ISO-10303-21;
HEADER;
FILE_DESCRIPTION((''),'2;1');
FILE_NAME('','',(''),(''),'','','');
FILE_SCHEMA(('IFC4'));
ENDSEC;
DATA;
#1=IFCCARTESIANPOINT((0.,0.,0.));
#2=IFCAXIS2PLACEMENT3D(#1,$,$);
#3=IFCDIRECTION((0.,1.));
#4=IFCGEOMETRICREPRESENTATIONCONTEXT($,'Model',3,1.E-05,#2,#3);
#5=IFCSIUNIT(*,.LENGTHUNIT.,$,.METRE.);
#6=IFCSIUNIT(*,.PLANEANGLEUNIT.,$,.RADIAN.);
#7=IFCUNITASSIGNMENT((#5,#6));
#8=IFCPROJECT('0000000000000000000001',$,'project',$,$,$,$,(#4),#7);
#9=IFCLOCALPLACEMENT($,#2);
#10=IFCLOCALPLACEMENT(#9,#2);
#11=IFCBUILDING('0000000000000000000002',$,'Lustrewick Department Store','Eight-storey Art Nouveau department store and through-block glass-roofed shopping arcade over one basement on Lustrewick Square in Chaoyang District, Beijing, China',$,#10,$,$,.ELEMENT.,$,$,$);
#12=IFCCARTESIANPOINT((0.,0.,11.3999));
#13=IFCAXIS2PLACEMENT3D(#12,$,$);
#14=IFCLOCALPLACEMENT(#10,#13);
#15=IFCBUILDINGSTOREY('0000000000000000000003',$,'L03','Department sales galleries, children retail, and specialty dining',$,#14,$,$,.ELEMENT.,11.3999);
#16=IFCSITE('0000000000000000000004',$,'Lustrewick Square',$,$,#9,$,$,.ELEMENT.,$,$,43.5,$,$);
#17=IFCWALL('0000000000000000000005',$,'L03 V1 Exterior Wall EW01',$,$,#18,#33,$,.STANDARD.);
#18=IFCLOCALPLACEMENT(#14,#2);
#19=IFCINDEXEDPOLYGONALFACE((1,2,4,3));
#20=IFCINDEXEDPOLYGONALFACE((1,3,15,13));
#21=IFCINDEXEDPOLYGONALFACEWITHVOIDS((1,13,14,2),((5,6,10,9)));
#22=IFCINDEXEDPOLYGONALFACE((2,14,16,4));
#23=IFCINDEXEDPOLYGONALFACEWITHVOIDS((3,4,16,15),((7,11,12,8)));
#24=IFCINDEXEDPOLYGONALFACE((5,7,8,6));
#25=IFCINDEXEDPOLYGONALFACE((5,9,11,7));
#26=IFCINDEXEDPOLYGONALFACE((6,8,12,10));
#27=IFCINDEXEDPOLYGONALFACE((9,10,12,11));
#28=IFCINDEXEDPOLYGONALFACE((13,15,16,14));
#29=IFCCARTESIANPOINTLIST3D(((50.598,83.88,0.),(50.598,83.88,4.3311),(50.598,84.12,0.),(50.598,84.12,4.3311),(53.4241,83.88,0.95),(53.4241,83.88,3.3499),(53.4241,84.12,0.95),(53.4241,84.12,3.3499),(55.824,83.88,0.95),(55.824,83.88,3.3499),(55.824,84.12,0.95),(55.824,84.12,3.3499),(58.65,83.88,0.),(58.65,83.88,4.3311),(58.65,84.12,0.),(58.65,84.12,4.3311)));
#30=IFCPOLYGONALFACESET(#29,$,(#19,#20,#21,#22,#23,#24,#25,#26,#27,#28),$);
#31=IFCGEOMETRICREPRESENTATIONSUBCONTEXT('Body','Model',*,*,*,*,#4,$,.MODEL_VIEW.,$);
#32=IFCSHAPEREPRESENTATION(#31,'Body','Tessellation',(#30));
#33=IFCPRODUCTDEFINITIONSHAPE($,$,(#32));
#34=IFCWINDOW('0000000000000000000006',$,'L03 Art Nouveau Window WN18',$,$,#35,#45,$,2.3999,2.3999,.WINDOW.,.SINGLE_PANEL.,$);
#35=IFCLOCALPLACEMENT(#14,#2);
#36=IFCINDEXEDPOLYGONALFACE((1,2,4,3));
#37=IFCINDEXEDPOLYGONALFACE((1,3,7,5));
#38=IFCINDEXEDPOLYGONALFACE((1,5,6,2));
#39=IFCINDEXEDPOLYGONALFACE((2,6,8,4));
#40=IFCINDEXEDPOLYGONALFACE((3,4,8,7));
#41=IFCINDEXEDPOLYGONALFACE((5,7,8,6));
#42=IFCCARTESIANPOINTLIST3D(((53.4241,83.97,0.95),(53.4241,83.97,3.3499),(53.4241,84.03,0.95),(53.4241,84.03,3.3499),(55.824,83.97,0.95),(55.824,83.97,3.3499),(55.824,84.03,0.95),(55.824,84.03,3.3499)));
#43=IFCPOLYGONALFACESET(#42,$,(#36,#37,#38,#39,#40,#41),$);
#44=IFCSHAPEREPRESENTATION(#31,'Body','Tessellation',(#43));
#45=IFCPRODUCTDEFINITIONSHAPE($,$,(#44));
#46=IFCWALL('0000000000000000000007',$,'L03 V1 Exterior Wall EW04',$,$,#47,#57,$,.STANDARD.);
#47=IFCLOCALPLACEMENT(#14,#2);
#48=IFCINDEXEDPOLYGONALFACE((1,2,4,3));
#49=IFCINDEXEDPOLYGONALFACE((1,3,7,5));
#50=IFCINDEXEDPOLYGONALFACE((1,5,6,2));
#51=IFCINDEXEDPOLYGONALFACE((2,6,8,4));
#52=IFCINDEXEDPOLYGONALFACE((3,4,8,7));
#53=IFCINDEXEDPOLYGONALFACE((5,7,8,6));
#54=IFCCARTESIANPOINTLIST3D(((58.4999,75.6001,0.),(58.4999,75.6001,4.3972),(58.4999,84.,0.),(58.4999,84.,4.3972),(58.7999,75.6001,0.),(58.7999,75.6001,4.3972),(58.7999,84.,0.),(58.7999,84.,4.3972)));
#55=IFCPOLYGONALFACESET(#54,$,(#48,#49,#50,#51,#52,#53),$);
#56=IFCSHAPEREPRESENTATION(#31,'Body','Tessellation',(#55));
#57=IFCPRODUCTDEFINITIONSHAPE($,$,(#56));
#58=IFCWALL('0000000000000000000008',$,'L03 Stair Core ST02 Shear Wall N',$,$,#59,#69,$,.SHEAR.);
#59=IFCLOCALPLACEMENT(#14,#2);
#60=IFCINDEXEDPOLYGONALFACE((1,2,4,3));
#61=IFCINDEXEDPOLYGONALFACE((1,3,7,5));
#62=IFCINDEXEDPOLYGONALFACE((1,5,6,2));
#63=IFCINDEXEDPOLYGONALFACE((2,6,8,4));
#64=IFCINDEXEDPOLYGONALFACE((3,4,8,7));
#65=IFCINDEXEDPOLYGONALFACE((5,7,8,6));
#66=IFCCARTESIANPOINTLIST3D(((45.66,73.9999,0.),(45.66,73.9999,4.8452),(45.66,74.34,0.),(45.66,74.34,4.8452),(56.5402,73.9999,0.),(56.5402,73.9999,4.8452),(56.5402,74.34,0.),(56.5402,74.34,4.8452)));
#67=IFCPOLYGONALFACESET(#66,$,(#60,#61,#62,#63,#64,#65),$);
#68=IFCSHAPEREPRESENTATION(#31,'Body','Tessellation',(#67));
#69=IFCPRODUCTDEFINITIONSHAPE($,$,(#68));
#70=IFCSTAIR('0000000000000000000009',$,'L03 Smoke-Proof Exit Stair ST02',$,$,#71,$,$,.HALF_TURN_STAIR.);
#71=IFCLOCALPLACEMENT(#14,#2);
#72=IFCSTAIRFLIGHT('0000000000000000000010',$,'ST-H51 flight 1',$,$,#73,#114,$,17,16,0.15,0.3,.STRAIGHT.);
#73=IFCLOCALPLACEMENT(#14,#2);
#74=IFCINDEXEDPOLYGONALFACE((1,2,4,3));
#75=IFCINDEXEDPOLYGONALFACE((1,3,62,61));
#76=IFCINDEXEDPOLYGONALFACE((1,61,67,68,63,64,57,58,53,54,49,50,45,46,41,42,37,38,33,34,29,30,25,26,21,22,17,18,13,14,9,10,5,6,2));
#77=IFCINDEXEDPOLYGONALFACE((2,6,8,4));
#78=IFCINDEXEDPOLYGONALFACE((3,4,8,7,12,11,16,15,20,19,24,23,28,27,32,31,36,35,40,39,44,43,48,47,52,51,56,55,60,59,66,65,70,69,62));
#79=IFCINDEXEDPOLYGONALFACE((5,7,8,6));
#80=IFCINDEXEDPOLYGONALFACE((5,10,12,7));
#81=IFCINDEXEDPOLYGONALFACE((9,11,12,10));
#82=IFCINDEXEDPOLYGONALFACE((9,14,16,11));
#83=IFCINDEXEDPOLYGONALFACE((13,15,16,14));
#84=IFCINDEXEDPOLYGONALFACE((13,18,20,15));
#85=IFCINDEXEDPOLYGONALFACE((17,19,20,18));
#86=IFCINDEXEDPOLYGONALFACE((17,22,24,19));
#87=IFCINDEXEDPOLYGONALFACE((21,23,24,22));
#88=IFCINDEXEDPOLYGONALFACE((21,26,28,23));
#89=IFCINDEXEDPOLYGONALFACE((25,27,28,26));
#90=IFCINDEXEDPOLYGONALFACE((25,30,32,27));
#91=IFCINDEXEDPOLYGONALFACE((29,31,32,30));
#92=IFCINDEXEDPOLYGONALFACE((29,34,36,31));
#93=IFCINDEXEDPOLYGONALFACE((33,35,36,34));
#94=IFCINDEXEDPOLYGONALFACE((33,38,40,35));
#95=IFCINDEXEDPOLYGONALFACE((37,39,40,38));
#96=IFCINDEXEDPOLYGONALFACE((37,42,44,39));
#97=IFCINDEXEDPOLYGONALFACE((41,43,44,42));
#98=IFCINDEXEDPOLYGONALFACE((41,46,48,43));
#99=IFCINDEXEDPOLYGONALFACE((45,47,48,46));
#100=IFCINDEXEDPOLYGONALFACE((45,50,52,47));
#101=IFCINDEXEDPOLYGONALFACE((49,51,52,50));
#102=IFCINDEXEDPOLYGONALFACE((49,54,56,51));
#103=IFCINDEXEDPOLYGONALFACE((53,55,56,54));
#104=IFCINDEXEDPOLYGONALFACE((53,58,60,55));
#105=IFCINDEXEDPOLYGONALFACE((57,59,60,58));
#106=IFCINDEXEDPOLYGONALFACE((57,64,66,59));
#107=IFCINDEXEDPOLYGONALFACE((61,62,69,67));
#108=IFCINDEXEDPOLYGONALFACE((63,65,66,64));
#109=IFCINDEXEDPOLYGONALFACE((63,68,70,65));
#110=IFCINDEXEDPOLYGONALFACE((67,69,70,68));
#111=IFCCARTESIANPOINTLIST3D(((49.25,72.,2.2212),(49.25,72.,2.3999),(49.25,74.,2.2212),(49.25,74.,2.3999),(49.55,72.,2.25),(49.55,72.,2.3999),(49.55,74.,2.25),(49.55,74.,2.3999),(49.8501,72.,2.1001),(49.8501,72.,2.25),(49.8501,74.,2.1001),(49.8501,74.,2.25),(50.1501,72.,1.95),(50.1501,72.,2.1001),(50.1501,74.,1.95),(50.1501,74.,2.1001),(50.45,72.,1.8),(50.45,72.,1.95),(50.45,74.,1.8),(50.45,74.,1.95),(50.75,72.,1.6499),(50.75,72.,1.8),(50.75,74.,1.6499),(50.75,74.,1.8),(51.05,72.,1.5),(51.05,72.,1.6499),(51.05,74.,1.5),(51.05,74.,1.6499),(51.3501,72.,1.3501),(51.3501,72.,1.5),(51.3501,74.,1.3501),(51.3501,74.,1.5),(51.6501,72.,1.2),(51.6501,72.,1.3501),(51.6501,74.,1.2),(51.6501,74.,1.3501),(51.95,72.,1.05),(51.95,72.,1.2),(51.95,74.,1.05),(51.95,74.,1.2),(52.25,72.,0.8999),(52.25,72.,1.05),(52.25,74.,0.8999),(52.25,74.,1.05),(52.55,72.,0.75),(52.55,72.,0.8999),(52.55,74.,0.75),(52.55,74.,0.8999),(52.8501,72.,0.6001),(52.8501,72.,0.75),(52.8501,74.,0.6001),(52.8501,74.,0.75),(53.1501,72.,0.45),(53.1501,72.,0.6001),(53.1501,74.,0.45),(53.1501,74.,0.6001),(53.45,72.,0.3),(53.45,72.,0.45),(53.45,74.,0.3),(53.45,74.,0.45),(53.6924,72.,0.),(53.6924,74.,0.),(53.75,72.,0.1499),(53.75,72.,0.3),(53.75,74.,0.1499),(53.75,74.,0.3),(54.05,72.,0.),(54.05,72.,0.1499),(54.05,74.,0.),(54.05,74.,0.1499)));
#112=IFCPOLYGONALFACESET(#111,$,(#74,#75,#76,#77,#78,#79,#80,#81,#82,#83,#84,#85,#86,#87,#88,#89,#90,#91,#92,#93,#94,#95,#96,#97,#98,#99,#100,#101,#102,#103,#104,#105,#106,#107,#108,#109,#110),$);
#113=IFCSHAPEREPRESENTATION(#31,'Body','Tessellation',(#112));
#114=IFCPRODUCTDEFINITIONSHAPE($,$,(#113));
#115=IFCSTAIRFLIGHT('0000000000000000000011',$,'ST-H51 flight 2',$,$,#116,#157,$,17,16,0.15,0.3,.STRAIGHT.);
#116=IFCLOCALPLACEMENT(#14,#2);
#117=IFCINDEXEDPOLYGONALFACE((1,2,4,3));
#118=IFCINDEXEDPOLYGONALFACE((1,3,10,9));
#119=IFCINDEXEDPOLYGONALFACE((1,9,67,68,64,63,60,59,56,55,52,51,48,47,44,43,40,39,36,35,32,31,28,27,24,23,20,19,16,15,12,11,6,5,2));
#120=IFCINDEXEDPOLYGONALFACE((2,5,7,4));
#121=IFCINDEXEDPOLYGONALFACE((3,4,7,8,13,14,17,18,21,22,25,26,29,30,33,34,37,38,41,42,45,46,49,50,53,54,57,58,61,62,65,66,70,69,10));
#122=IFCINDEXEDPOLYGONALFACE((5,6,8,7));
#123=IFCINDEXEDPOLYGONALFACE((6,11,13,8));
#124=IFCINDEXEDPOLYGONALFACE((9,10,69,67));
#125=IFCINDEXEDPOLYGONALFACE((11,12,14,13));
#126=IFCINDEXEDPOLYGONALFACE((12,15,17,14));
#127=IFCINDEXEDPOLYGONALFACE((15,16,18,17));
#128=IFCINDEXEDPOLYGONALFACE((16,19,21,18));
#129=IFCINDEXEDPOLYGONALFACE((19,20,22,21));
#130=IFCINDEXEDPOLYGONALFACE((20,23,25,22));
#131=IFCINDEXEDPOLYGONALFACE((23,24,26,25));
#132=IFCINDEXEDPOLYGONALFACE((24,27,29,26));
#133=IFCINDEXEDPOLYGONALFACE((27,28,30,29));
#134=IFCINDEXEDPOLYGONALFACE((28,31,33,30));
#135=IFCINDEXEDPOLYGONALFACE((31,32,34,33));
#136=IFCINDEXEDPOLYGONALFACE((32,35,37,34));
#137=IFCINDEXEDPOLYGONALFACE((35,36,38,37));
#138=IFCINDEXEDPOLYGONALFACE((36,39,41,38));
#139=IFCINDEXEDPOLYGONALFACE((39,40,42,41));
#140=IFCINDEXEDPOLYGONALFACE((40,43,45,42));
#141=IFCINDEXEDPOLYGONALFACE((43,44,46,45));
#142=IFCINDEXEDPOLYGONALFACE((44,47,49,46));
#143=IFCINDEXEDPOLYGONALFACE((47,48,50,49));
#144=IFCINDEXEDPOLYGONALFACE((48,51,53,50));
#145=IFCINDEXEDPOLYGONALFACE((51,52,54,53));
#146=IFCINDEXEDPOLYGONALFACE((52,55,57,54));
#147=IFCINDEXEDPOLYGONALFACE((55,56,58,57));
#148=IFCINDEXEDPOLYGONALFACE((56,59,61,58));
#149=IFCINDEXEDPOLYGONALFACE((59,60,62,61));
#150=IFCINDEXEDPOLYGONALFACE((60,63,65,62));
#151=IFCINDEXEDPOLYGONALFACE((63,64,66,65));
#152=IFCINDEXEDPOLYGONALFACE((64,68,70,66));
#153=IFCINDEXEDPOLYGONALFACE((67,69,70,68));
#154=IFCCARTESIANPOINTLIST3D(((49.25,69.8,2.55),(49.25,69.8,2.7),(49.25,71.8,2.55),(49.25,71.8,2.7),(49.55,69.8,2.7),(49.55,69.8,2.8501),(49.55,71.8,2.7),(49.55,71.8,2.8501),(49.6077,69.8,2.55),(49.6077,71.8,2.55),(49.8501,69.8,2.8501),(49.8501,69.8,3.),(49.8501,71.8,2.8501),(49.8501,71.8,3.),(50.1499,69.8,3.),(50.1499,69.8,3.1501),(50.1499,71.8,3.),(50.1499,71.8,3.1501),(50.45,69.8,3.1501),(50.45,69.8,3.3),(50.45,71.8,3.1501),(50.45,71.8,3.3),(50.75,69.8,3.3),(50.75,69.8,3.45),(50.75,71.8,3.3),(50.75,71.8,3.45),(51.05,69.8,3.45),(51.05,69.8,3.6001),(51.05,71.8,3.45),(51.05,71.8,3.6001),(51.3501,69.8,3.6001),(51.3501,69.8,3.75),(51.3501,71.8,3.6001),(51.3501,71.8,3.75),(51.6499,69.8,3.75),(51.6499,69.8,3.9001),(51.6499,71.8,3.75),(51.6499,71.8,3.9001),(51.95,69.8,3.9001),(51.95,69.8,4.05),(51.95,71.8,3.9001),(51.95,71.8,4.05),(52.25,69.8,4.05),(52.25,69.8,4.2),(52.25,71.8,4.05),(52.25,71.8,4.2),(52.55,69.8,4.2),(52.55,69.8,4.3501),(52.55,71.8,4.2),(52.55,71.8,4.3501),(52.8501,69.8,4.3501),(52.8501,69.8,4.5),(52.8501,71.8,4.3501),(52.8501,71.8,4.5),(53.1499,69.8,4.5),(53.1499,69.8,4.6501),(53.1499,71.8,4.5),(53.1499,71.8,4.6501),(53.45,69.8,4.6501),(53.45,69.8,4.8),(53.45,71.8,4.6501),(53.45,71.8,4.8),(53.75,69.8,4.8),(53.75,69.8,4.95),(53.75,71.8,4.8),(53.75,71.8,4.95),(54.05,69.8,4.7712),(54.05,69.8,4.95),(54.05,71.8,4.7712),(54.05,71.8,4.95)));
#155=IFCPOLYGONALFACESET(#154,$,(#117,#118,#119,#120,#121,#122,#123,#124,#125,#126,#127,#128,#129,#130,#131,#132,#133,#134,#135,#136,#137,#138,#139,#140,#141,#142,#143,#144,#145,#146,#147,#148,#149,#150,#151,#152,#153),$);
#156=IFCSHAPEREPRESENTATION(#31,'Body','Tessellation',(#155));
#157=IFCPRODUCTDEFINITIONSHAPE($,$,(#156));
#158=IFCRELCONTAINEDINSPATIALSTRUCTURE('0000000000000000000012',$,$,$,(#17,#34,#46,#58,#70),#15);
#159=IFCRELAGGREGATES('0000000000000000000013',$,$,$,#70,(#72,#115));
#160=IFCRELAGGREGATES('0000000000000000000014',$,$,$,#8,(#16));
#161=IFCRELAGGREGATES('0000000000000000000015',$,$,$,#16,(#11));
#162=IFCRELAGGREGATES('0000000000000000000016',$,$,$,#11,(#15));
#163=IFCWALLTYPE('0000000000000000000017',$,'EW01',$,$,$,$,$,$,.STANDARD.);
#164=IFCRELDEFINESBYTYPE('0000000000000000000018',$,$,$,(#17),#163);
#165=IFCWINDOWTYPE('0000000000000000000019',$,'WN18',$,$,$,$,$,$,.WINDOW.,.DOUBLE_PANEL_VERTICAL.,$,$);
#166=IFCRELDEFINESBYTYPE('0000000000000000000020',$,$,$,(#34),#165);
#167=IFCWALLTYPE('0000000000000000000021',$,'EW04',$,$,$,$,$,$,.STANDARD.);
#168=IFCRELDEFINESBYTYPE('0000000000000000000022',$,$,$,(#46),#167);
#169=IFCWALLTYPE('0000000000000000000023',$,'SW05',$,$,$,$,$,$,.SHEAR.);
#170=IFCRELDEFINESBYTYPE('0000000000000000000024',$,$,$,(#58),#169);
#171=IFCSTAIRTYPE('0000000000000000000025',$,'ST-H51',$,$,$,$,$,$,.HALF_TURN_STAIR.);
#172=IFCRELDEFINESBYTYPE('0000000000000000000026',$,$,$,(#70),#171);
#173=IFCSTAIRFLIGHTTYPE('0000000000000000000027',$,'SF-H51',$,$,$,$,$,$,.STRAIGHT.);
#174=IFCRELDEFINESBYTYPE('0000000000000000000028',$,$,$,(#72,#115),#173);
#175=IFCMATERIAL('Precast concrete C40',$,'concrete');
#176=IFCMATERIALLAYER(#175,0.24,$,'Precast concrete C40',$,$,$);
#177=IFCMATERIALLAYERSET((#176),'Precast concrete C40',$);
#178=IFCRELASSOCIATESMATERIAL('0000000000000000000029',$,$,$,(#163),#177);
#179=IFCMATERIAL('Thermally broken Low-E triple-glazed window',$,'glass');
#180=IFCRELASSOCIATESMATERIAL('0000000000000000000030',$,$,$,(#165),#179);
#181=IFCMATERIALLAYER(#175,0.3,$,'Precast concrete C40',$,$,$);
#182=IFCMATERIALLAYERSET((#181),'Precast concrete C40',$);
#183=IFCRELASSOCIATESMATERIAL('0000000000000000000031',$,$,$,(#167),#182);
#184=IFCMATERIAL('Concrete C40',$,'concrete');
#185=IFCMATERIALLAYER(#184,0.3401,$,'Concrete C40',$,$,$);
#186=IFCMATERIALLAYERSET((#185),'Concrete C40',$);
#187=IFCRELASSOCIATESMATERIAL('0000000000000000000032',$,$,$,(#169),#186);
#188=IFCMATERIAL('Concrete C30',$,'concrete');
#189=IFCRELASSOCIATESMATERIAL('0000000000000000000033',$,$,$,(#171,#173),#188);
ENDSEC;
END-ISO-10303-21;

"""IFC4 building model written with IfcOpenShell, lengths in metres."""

from ifc_helpers import new_model, si_unit, direction, frame, frame_2d, origin, place, context, subcontext, project, spatial, polyline, rectangle, outline, extrude, material, layer, layer_set, type_object, element, fill, aggregate, save


model = new_model("IFC4")

# Units and contexts
model_context = context("Model", 3, precision=1e-05, world=origin(), true_north=direction((0.0, 1.0)))
body_context = subcontext(model_context, "Body", "Model", "MODEL_VIEW")
ifc_project = project(units=[si_unit("LENGTHUNIT", "METRE"), si_unit("PLANEANGLEUNIT", "RADIAN")], contexts=[model_context])

# Site, building, storey
site_placement = place(None, origin())
site = spatial("IfcSite", under=ifc_project, at=site_placement, Name="Lustrewick Square", CompositionType="ELEMENT", RefElevation=43.5)
building_placement = place(site_placement, origin())
building = spatial("IfcBuilding", under=site, at=building_placement, Name="Lustrewick Department Store", Description="Eight-storey Art Nouveau department store and through-block glass-roofed shopping arcade over one basement on Lustrewick Square in Chaoyang District, Beijing, China", CompositionType="ELEMENT")
storey_placement = place(building_placement, frame((0.0, 0.0, 11.3999)))
storey = spatial("IfcBuildingStorey", under=building, at=storey_placement, Name="L03", Description="Department sales galleries, children retail, and specialty dining", CompositionType="ELEMENT", Elevation=11.3999)

# Wall, opening, window
ifc_material_1 = material(Name="Precast concrete C40", Category="concrete")
ifc_layer_1 = layer(ifc_material_1, 0.24, Name="Precast concrete C40")
ifc_layer_set_1 = layer_set([ifc_layer_1], Name="Precast concrete C40")
wall_type_1 = type_object("IfcWallType", Name="EW01", PredefinedType="STANDARD", material=ifc_layer_set_1)
wall_1_placement = place(storey_placement, frame((58.6499, 84.0, 0.0), z_axis=(0.0, 0.0, 1.0), x_axis=(-1.0, 0.0, 0.0)))
wall_1 = element("IfcWall", 1, at=wall_1_placement, inside=storey, type_object=wall_type_1, Name="L03 V1 Exterior Wall EW01", PredefinedType="STANDARD", context=body_context, shape_type="SweptSolid", body=[
    extrude(rectangle(XDim=8.052, YDim=0.24, at=frame_2d((4.0259, 0.0))), origin(), (0.0, 0.0, 1.0), 4.3311),
])
opening_placement = place(wall_1_placement, frame((2.8259, 0.0, 0.95)))
opening = element("IfcOpeningElement", 2, at=opening_placement, cuts=wall_1, PredefinedType="OPENING", context=body_context, shape_type="SweptSolid", body=[
    extrude(rectangle(XDim=2.3999, YDim=2.3999, at=frame_2d((1.2, 1.2))), frame((0.0, 0.1299, 0.0), z_axis=(0.0, -1.0, 0.0), x_axis=(1.0, 0.0, 0.0)), (0.0, 0.0, 1.0), 0.26),
])
ifc_material_2 = material(Name="Thermally broken Low-E triple-glazed window", Category="glass")
window_type = type_object("IfcWindowType", Name="WN18", PartitioningType="DOUBLE_PANEL_VERTICAL", PredefinedType="WINDOW", material=ifc_material_2)
window_placement = place(opening_placement, origin())
window = element("IfcWindow", 3, at=window_placement, inside=storey, type_object=window_type, Name="L03 Art Nouveau Window WN18", OverallHeight=2.3999, OverallWidth=2.3999, PartitioningType="SINGLE_PANEL", PredefinedType="WINDOW", context=body_context, shape_type="SweptSolid", body=[
    extrude(rectangle(XDim=2.3999, YDim=2.3999, at=frame_2d((1.2, 1.2))), frame((0.0, 0.03, 0.0), z_axis=(0.0, -1.0, 0.0), x_axis=(1.0, 0.0, 0.0)), (0.0, 0.0, 1.0), 0.0601),
])
fill(opening, window)

# Walls
ifc_layer_2 = layer(ifc_material_1, 0.3, Name="Precast concrete C40")
ifc_layer_set_2 = layer_set([ifc_layer_2], Name="Precast concrete C40")
wall_type_2 = type_object("IfcWallType", Name="EW04", PredefinedType="STANDARD", material=ifc_layer_set_2)
wall_2_placement = place(storey_placement, frame((58.6499, 75.6001, 0.0), z_axis=(0.0, 0.0, 1.0), x_axis=(0.0, 1.0, 0.0)))
element("IfcWall", 4, at=wall_2_placement, inside=storey, type_object=wall_type_2, Name="L03 V1 Exterior Wall EW04", PredefinedType="STANDARD", context=body_context, shape_type="SweptSolid", body=[
    extrude(rectangle(XDim=8.3999, YDim=0.3, at=frame_2d((4.2, 0.0))), origin(), (0.0, 0.0, 1.0), 4.3972),
])
ifc_material_3 = material(Name="Concrete C40", Category="concrete")
ifc_layer_3 = layer(ifc_material_3, 0.3401, Name="Concrete C40")
ifc_layer_set_3 = layer_set([ifc_layer_3], Name="Concrete C40")
wall_type_3 = type_object("IfcWallType", Name="SW05", PredefinedType="SHEAR", material=ifc_layer_set_3)
wall_3_placement = place(storey_placement, frame((56.54, 74.1699, 0.0), z_axis=(0.0, 0.0, 1.0), x_axis=(-1.0, 0.0, 0.0)))
element("IfcWall", 5, at=wall_3_placement, inside=storey, type_object=wall_type_3, Name="L03 Stair Core ST02 Shear Wall N", PredefinedType="SHEAR", context=body_context, shape_type="SweptSolid", body=[
    extrude(rectangle(XDim=10.8801, YDim=0.3401, at=frame_2d((5.4399, 0.0))), origin(), (0.0, 0.0, 1.0), 4.8452),
])

# Stair, stair flights
ifc_material_4 = material(Name="Concrete C30", Category="concrete")
stair_type = type_object("IfcStairType", Name="ST-H51", PredefinedType="HALF_TURN_STAIR", material=ifc_material_4)
stair_placement = place(storey_placement, origin())
stair = element("IfcStair", 6, at=stair_placement, inside=storey, type_object=stair_type, Name="L03 Smoke-Proof Exit Stair ST02", PredefinedType="HALF_TURN_STAIR")
stair_flight_type = type_object("IfcStairFlightType", Name="SF-H51", PredefinedType="STRAIGHT", material=ifc_material_4)
stair_flight_1_placement = place(storey_placement, frame((54.05, 73.0, 0.0), z_axis=(0.0, 0.0, 1.0), x_axis=(-1.0, 0.0, 0.0)))
stair_flight_1 = element("IfcStairFlight", 7, at=stair_flight_1_placement, type_object=stair_flight_type, Name="ST-H51 flight 1", NumberOfRisers=17, NumberOfTreads=16, PredefinedType="STRAIGHT", RiserHeight=0.15, TreadLength=0.3, context=body_context, shape_type="SweptSolid", body=[
    extrude(outline(polyline([(0.0, 0.0), (0.0, 0.1499), (0.3, 0.1499), (0.3, 0.3), (0.6001, 0.3), (0.6001, 0.45), (0.8999, 0.45), (0.8999, 0.6001), (1.2, 0.6001), (1.2, 0.75), (1.5, 0.75), (1.5, 0.8999), (1.8, 0.8999), (1.8, 1.05), (2.1001, 1.05), (2.1001, 1.2), (2.3999, 1.2), (2.3999, 1.3501), (2.7, 1.3501), (2.7, 1.5), (3.0, 1.5), (3.0, 1.6499), (3.3, 1.6499), (3.3, 1.8), (3.6001, 1.8), (3.6001, 1.95), (3.8999, 1.95), (3.8999, 2.1001), (4.2, 2.1001), (4.2, 2.25), (4.5, 2.25), (4.5, 2.3999), (4.8, 2.3999), (4.8, 2.55), (4.8, 2.2212), (0.3577, 0.0), (0.0, 0.0)])), frame((0.0, 1.0, 0.0), z_axis=(0.0, -1.0, 0.0), x_axis=(1.0, 0.0, 0.0)), (0.0, 0.0, 1.0), 2.0),
])
stair_flight_2_placement = place(storey_placement, frame((49.25, 70.8, 2.55), z_axis=(0.0, 0.0, 1.0), x_axis=(1.0, 0.0, 0.0)))
stair_flight_2 = element("IfcStairFlight", 8, at=stair_flight_2_placement, type_object=stair_flight_type, Name="ST-H51 flight 2", NumberOfRisers=17, NumberOfTreads=16, PredefinedType="STRAIGHT", RiserHeight=0.15, TreadLength=0.3, context=body_context, shape_type="SweptSolid", body=[
    extrude(outline(polyline([(0.0, 0.0), (0.0, 0.1499), (0.3, 0.1499), (0.3, 0.3), (0.6001, 0.3), (0.6001, 0.45), (0.8999, 0.45), (0.8999, 0.6001), (1.2, 0.6001), (1.2, 0.75), (1.5, 0.75), (1.5, 0.8999), (1.8, 0.8999), (1.8, 1.05), (2.1001, 1.05), (2.1001, 1.2), (2.3999, 1.2), (2.3999, 1.3501), (2.7, 1.3501), (2.7, 1.5), (3.0, 1.5), (3.0, 1.6499), (3.3, 1.6499), (3.3, 1.8), (3.6001, 1.8), (3.6001, 1.95), (3.8999, 1.95), (3.8999, 2.1001), (4.2, 2.1001), (4.2, 2.25), (4.5, 2.25), (4.5, 2.3999), (4.8, 2.3999), (4.8, 2.55), (4.8, 2.2212), (0.3577, 0.0), (0.0, 0.0)])), frame((0.0, 1.0, 0.0), z_axis=(0.0, -1.0, 0.0), x_axis=(1.0, 0.0, 0.0)), (0.0, 0.0, 1.0), 2.0),
])
aggregate(stair, [stair_flight_1, stair_flight_2])

save(model, "model.ifc")
